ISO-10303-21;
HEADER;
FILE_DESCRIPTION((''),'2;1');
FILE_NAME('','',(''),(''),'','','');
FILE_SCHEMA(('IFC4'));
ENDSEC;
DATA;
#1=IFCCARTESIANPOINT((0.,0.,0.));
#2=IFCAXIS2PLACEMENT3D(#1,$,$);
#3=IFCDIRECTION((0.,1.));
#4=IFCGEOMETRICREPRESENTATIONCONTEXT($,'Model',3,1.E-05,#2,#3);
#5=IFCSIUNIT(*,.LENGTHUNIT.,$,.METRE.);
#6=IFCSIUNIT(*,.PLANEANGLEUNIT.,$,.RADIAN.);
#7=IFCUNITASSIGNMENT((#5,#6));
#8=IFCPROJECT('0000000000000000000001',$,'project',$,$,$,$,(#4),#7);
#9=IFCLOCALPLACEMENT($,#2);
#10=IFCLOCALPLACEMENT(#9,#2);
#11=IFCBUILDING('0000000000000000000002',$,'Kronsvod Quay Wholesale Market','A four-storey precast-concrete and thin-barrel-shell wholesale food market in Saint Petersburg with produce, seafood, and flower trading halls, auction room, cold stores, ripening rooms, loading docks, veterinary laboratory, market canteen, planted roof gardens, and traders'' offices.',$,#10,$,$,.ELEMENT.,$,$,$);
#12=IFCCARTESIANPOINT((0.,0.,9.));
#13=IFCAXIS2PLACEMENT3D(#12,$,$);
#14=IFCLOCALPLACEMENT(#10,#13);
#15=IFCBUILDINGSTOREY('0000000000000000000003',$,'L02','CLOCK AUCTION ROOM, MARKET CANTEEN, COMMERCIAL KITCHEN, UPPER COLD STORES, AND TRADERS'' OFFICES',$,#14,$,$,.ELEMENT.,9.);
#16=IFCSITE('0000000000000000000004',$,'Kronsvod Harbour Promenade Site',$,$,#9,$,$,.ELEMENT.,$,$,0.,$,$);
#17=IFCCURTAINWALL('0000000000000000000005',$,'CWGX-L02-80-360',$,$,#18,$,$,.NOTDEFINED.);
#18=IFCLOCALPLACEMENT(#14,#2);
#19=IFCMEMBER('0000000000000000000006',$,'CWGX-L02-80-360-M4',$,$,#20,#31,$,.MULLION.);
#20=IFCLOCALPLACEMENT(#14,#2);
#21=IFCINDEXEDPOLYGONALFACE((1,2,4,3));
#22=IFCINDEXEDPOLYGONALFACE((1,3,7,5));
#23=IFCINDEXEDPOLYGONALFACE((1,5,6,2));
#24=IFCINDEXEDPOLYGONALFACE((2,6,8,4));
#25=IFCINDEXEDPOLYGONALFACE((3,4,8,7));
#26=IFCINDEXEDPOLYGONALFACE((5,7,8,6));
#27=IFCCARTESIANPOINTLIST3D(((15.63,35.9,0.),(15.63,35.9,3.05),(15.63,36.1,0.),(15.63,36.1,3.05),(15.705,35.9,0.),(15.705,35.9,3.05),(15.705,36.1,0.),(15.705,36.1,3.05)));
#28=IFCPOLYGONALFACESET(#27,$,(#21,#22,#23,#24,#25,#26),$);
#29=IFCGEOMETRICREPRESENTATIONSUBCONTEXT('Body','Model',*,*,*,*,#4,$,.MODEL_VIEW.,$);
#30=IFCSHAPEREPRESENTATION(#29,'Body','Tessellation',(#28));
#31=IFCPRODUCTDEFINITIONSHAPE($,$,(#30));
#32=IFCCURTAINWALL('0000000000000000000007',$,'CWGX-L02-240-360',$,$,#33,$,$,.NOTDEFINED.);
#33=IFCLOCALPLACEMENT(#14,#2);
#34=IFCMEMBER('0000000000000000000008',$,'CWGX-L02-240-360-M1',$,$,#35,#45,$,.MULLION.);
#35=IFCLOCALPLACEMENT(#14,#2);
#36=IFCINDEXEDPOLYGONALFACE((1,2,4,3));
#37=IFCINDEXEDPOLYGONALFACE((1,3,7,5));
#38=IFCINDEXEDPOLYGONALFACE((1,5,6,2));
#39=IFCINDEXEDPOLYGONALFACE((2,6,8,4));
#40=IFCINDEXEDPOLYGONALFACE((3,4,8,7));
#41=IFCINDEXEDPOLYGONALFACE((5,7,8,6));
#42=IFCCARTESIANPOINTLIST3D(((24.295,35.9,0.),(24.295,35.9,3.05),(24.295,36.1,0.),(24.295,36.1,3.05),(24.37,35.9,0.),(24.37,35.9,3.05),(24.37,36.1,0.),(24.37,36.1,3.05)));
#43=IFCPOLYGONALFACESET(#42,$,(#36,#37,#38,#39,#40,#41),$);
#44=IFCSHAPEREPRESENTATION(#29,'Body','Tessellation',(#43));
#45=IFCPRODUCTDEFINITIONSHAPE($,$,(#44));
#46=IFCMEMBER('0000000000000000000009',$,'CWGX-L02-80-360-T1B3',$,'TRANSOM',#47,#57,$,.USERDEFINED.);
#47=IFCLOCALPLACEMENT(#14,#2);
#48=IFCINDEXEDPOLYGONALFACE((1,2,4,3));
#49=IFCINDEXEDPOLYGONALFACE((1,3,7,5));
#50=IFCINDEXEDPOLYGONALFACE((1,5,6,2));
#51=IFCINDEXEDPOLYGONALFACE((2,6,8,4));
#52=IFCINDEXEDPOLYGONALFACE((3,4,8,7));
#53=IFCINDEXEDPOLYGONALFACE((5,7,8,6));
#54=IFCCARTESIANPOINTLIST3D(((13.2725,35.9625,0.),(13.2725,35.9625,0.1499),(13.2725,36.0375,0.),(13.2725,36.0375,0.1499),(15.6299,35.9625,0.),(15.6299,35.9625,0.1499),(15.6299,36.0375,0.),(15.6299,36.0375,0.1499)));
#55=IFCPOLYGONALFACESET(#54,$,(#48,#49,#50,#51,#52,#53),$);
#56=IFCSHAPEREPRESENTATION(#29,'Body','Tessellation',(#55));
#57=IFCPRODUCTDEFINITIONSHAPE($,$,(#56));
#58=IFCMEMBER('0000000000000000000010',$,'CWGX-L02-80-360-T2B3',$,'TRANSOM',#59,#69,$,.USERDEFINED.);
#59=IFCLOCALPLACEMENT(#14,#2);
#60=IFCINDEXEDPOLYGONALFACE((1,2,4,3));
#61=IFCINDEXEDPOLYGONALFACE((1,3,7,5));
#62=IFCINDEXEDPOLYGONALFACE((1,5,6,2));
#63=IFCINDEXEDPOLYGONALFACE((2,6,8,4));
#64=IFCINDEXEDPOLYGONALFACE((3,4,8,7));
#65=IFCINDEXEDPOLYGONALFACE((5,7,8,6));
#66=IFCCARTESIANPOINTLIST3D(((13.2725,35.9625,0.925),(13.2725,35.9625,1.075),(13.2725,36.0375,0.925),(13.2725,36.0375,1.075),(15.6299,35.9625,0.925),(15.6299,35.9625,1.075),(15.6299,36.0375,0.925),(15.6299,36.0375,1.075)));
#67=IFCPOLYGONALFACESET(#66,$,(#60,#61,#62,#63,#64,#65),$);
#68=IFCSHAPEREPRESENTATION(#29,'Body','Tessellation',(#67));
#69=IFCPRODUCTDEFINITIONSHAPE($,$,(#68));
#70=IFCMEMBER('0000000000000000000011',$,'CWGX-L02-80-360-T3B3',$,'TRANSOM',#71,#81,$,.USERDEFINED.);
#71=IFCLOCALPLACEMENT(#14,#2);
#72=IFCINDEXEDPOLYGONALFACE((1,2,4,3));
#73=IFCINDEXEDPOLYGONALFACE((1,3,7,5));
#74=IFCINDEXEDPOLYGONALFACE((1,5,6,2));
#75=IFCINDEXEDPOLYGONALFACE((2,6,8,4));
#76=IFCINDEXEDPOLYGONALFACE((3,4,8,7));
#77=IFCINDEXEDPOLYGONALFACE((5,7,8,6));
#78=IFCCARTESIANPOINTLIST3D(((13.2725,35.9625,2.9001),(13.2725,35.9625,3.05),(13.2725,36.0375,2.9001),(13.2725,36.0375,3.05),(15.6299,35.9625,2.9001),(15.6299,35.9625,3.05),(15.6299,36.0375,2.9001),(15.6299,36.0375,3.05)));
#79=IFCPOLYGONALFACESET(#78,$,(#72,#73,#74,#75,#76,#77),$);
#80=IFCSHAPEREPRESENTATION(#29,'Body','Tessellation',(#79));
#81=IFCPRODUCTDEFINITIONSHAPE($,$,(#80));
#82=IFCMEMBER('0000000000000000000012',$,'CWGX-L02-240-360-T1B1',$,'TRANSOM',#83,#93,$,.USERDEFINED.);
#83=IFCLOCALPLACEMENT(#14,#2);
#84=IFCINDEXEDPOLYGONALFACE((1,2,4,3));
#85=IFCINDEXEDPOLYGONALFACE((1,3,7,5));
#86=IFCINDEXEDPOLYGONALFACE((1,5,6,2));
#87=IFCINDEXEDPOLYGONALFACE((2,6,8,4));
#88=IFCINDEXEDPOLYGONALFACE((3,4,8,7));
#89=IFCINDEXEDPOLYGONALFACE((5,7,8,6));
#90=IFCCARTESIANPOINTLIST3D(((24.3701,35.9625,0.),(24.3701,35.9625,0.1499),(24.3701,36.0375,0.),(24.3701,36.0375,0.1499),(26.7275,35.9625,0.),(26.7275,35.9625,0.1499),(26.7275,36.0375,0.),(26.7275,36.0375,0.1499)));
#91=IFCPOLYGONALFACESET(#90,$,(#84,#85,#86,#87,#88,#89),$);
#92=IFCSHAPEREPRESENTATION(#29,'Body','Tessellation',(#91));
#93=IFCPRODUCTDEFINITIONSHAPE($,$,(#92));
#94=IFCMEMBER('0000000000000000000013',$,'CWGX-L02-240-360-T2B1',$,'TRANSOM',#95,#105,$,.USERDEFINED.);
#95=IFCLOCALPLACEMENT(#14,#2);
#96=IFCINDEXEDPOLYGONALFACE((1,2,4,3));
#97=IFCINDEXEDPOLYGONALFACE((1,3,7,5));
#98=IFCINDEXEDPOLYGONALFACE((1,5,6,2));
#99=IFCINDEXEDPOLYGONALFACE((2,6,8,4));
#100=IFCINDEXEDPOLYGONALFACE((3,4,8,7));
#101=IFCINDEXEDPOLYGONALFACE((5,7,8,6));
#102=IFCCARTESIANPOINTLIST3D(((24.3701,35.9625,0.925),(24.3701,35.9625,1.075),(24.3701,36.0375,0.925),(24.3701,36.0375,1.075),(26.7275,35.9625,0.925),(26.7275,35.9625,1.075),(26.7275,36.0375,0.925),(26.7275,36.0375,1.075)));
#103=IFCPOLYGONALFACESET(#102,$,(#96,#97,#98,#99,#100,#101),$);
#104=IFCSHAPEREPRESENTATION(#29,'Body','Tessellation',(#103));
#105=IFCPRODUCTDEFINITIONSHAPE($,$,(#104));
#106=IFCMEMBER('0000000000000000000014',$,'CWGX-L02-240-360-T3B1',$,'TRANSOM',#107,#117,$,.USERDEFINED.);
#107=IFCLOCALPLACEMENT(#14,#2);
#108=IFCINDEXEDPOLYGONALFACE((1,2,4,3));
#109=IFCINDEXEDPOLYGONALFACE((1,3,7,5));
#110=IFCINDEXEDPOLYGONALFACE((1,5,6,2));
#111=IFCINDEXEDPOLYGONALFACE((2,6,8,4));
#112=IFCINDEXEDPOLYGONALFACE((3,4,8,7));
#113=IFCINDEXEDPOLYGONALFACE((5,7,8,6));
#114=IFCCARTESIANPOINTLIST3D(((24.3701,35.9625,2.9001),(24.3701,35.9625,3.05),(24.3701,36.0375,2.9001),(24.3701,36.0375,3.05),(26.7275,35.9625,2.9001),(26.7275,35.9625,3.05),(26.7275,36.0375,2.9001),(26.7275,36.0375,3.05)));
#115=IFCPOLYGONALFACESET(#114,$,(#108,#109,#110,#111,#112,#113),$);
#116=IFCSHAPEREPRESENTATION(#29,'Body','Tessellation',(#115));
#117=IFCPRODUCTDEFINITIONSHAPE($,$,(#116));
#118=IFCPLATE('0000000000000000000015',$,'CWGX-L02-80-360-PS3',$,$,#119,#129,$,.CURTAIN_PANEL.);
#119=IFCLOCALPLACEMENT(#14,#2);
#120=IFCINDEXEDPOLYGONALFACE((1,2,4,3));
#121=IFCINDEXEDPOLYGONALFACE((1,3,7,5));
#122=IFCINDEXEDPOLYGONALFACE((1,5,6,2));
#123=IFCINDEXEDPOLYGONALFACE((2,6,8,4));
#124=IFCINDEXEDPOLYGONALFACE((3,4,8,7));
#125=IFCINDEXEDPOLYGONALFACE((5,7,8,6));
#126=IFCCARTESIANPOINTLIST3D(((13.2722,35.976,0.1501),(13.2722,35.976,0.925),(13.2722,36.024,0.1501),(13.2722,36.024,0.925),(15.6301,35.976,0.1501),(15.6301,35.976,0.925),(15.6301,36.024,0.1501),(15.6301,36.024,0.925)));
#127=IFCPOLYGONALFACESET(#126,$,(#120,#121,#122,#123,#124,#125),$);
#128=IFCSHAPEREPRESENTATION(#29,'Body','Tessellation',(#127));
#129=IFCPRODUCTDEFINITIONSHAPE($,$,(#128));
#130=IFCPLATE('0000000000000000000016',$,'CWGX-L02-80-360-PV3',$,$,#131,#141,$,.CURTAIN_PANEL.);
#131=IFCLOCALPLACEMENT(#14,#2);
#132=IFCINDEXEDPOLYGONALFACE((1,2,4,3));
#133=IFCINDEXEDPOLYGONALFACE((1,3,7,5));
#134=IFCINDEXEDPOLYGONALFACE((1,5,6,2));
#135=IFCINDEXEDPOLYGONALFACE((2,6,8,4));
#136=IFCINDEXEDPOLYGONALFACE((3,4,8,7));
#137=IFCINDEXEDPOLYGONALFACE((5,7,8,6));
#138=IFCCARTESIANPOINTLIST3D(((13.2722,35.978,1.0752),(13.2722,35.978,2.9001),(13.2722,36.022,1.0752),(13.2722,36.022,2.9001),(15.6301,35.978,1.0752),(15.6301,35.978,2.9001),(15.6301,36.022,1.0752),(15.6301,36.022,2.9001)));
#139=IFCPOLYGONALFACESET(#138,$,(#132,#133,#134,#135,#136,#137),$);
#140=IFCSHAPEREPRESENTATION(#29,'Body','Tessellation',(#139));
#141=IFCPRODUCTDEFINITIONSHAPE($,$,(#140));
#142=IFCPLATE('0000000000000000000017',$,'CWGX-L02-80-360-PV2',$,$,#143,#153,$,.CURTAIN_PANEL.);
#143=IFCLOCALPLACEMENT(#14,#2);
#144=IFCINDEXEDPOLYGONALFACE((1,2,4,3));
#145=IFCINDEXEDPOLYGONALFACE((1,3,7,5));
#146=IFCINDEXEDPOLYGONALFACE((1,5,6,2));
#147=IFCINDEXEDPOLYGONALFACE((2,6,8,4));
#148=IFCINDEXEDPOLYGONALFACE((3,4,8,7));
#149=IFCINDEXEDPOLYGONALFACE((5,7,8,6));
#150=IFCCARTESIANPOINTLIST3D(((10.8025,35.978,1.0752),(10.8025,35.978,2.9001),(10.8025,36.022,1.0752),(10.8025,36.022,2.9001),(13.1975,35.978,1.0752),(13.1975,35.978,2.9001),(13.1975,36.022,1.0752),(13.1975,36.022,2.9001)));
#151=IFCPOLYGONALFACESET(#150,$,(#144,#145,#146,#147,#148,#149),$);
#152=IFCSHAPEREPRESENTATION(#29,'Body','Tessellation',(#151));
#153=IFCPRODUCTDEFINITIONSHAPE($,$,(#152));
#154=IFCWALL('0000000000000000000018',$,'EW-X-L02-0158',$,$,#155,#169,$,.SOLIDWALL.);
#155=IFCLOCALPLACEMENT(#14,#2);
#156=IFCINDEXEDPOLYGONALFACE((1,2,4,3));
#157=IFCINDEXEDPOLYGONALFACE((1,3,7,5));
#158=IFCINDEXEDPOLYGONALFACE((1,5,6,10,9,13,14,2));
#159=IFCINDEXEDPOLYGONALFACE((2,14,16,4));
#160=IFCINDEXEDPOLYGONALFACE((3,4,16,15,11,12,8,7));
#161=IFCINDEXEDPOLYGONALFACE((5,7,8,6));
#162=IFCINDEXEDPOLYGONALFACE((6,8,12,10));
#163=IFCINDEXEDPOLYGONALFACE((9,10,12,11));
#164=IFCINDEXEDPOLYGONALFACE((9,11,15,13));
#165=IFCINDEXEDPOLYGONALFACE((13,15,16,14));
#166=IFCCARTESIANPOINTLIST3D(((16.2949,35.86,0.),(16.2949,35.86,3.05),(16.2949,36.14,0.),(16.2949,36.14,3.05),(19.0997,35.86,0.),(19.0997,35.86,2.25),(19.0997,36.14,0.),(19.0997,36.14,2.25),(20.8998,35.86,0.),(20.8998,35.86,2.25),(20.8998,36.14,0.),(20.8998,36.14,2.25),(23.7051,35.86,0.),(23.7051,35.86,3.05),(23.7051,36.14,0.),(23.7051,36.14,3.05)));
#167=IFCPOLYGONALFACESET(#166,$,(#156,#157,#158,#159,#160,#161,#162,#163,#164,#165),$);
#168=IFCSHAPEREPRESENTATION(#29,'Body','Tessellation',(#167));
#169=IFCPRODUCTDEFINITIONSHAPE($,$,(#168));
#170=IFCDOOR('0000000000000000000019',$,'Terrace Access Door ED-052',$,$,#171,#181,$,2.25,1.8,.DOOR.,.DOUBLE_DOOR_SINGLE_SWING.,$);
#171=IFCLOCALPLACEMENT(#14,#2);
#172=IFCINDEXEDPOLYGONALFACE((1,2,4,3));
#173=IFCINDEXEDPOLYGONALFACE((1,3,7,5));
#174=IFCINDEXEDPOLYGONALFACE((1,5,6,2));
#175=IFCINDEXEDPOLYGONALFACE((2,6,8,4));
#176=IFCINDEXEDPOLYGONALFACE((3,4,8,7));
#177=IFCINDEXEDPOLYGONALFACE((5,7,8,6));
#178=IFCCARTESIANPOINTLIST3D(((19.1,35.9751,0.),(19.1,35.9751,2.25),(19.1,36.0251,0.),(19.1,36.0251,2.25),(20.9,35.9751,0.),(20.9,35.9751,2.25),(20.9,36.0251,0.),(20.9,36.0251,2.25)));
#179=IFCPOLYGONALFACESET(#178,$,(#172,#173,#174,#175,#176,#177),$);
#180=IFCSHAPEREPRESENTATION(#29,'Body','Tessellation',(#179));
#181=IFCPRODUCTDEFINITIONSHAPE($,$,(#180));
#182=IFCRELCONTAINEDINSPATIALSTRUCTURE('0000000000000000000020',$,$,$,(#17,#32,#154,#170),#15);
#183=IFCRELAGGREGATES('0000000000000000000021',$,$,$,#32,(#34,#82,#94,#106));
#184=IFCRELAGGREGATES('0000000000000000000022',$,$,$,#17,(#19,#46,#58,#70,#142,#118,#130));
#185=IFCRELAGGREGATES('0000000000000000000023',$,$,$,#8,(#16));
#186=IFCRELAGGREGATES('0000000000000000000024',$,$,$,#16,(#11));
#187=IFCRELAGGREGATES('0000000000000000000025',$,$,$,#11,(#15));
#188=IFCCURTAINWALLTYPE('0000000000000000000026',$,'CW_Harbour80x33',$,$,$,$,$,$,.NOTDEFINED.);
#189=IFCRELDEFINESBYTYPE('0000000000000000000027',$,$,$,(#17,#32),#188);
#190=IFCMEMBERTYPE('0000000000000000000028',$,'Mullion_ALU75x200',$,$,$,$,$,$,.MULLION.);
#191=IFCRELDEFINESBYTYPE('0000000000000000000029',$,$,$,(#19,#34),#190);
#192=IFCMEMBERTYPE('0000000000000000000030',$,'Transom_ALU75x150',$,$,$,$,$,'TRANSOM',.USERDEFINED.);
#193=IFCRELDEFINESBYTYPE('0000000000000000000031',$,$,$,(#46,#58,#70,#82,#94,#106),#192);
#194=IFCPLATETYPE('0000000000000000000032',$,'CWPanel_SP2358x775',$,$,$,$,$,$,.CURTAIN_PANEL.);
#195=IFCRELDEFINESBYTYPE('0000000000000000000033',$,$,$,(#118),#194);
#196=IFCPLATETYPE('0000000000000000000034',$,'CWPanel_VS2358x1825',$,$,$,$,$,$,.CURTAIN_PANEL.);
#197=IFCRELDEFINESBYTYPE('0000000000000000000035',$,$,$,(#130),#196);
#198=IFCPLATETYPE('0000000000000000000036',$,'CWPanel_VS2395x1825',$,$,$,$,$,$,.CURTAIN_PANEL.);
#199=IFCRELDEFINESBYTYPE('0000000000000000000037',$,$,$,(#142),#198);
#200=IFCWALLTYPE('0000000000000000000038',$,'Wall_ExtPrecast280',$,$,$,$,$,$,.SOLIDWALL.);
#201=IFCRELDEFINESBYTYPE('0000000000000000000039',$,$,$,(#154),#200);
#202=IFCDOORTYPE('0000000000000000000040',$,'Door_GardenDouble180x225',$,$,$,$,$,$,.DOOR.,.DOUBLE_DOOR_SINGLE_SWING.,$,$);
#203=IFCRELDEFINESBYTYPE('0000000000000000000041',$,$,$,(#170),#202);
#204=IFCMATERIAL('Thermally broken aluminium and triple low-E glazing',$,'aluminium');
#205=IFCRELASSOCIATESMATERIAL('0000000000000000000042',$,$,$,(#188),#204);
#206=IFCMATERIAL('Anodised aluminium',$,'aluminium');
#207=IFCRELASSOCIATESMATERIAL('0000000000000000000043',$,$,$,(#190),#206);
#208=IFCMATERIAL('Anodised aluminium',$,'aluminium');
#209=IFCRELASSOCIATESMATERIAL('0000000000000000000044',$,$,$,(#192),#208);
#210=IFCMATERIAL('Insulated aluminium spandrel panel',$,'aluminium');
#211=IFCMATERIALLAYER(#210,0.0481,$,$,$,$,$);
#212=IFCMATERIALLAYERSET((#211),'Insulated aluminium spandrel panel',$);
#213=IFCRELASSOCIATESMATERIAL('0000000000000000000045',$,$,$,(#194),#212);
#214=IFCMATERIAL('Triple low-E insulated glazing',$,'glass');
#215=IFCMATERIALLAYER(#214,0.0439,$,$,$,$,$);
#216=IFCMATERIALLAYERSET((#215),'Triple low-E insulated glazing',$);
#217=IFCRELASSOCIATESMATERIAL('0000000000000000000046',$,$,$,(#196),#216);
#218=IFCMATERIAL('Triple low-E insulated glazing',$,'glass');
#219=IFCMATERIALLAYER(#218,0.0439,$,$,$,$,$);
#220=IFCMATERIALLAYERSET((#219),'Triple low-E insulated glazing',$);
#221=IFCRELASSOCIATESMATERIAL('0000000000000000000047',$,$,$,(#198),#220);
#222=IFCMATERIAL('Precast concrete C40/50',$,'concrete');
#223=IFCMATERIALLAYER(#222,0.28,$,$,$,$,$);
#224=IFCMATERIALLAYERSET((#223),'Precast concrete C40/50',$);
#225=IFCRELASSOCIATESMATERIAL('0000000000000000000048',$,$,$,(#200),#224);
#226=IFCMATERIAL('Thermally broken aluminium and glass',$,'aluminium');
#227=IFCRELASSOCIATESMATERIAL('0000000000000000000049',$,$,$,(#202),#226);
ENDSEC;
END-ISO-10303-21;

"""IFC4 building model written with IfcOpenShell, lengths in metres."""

from ifc_helpers import new_model, si_unit, direction, frame, frame_2d, origin, origin_2d, place, context, subcontext, project, spatial, rectangle, extrude, material, layer, layer_set, material_profile, profile_set, type_object, element, fill, aggregate, save


model = new_model("IFC4")

# Units and contexts
model_context = context("Model", 3, precision=1e-05, world=origin(), true_north=direction((0.0, 1.0)))
body_context = subcontext(model_context, "Body", "Model", "MODEL_VIEW")
ifc_project = project(units=[si_unit("LENGTHUNIT", "METRE"), si_unit("PLANEANGLEUNIT", "RADIAN")], contexts=[model_context])

# Site, building, storey
site_placement = place(None, origin())
site = spatial("IfcSite", under=ifc_project, at=site_placement, Name="Kronsvod Harbour Promenade Site", CompositionType="ELEMENT", RefElevation=0.0)
building_placement = place(site_placement, origin())
building = spatial("IfcBuilding", under=site, at=building_placement, Name="Kronsvod Quay Wholesale Market", Description="A four-storey precast-concrete and thin-barrel-shell wholesale food market in Saint Petersburg with produce, seafood, and flower trading halls, auction room, cold stores, ripening rooms, loading docks, veterinary laboratory, market canteen, planted roof gardens, and traders' offices.", CompositionType="ELEMENT")
storey_placement = place(building_placement, frame((0.0, 0.0, 9.0)))
storey = spatial("IfcBuildingStorey", under=building, at=storey_placement, Name="L02", Description="CLOCK AUCTION ROOM, MARKET CANTEEN, COMMERCIAL KITCHEN, UPPER COLD STORES, AND TRADERS' OFFICES", CompositionType="ELEMENT", Elevation=9.0)

# Curtain wall, member
ifc_material_1 = material(Name="Thermally broken aluminium and triple low-E glazing", Category="aluminium")
curtain_wall_type = type_object("IfcCurtainWallType", Name="CW_Harbour80x33", PredefinedType="NOTDEFINED", material=ifc_material_1)
curtain_wall_1_placement = place(storey_placement, origin())
curtain_wall_1 = element("IfcCurtainWall", 1, at=curtain_wall_1_placement, inside=storey, type_object=curtain_wall_type, Name="CWGX-L02-80-360", PredefinedType="NOTDEFINED")
ifc_material_2 = material(Name="Anodised aluminium", Category="aluminium")
ifc_material_profile_1 = material_profile(ifc_material_2, rectangle(XDim=0.075, YDim=0.2, at=origin_2d()), Name="ALUM75x200")
ifc_profile_set_1 = profile_set([ifc_material_profile_1], Name="Anodised aluminium")
member_type_1 = type_object("IfcMemberType", Name="Mullion_ALU75x200", PredefinedType="MULLION", material=ifc_profile_set_1)
member_1_placement = place(storey_placement, frame((15.6675, 36.0, 0.0), z_axis=(0.0, 0.0, 1.0), x_axis=(1.0, 0.0, 0.0)))
member_1 = element("IfcMember", 2, at=member_1_placement, type_object=member_type_1, Name="CWGX-L02-80-360-M4", PredefinedType="MULLION", context=body_context, shape_type="SweptSolid", body=[
    extrude(rectangle(XDim=0.075, YDim=0.2, at=origin_2d()), origin(), (0.0, 0.0, 1.0), 3.05),
])

# Curtain wall, member
curtain_wall_2_placement = place(storey_placement, origin())
curtain_wall_2 = element("IfcCurtainWall", 3, at=curtain_wall_2_placement, inside=storey, type_object=curtain_wall_type, Name="CWGX-L02-240-360", PredefinedType="NOTDEFINED")
member_2_placement = place(storey_placement, frame((24.3325, 36.0, 0.0), z_axis=(0.0, 0.0, 1.0), x_axis=(1.0, 0.0, 0.0)))
member_2 = element("IfcMember", 4, at=member_2_placement, type_object=member_type_1, Name="CWGX-L02-240-360-M1", PredefinedType="MULLION", context=body_context, shape_type="SweptSolid", body=[
    extrude(rectangle(XDim=0.075, YDim=0.2, at=origin_2d()), origin(), (0.0, 0.0, 1.0), 3.05),
])

# Members
ifc_material_3 = material(Name="Anodised aluminium", Category="aluminium")
ifc_material_profile_2 = material_profile(ifc_material_3, rectangle(XDim=0.075, YDim=0.1499, at=origin_2d()), Name="ALUT75x150")
ifc_profile_set_2 = profile_set([ifc_material_profile_2], Name="Anodised aluminium")
member_type_2 = type_object("IfcMemberType", Name="Transom_ALU75x150", ElementType="TRANSOM", PredefinedType="USERDEFINED", material=ifc_profile_set_2)
member_3_placement = place(storey_placement, frame((13.2725, 36.0, 0.075), z_axis=(1.0, 0.0, 0.0), x_axis=(0.0, 1.0, 0.0)))
member_3 = element("IfcMember", 5, at=member_3_placement, type_object=member_type_2, Name="CWGX-L02-80-360-T1B3", ObjectType="TRANSOM", PredefinedType="USERDEFINED", context=body_context, shape_type="SweptSolid", body=[
    extrude(rectangle(XDim=0.075, YDim=0.1499, at=origin_2d()), origin(), (0.0, 0.0, 1.0), 2.3574),
])
member_4_placement = place(storey_placement, frame((13.2725, 36.0, 1.0), z_axis=(1.0, 0.0, 0.0), x_axis=(0.0, 1.0, 0.0)))
member_4 = element("IfcMember", 6, at=member_4_placement, type_object=member_type_2, Name="CWGX-L02-80-360-T2B3", ObjectType="TRANSOM", PredefinedType="USERDEFINED", context=body_context, shape_type="SweptSolid", body=[
    extrude(rectangle(XDim=0.075, YDim=0.1499, at=origin_2d()), origin(), (0.0, 0.0, 1.0), 2.3574),
])
member_5_placement = place(storey_placement, frame((13.2725, 36.0, 2.9751), z_axis=(1.0, 0.0, 0.0), x_axis=(0.0, 1.0, 0.0)))
member_5 = element("IfcMember", 7, at=member_5_placement, type_object=member_type_2, Name="CWGX-L02-80-360-T3B3", ObjectType="TRANSOM", PredefinedType="USERDEFINED", context=body_context, shape_type="SweptSolid", body=[
    extrude(rectangle(XDim=0.075, YDim=0.1499, at=origin_2d()), origin(), (0.0, 0.0, 1.0), 2.3574),
])
member_6_placement = place(storey_placement, frame((24.3701, 36.0, 0.075), z_axis=(1.0, 0.0, 0.0), x_axis=(0.0, 1.0, 0.0)))
member_6 = element("IfcMember", 8, at=member_6_placement, type_object=member_type_2, Name="CWGX-L02-240-360-T1B1", ObjectType="TRANSOM", PredefinedType="USERDEFINED", context=body_context, shape_type="SweptSolid", body=[
    extrude(rectangle(XDim=0.075, YDim=0.1499, at=origin_2d()), origin(), (0.0, 0.0, 1.0), 2.3574),
])
member_7_placement = place(storey_placement, frame((24.3701, 36.0, 1.0), z_axis=(1.0, 0.0, 0.0), x_axis=(0.0, 1.0, 0.0)))
member_7 = element("IfcMember", 9, at=member_7_placement, type_object=member_type_2, Name="CWGX-L02-240-360-T2B1", ObjectType="TRANSOM", PredefinedType="USERDEFINED", context=body_context, shape_type="SweptSolid", body=[
    extrude(rectangle(XDim=0.075, YDim=0.1499, at=origin_2d()), origin(), (0.0, 0.0, 1.0), 2.3574),
])
member_8_placement = place(storey_placement, frame((24.3701, 36.0, 2.9751), z_axis=(1.0, 0.0, 0.0), x_axis=(0.0, 1.0, 0.0)))
member_8 = element("IfcMember", 10, at=member_8_placement, type_object=member_type_2, Name="CWGX-L02-240-360-T3B1", ObjectType="TRANSOM", PredefinedType="USERDEFINED", context=body_context, shape_type="SweptSolid", body=[
    extrude(rectangle(XDim=0.075, YDim=0.1499, at=origin_2d()), origin(), (0.0, 0.0, 1.0), 2.3574),
])
aggregate(curtain_wall_2, [member_2, member_6, member_7, member_8])

# Plates
ifc_material_4 = material(Name="Insulated aluminium spandrel panel", Category="aluminium")
ifc_layer_1 = layer(ifc_material_4, 0.0481)
ifc_layer_set_1 = layer_set([ifc_layer_1], Name="Insulated aluminium spandrel panel")
plate_type_1 = type_object("IfcPlateType", Name="CWPanel_SP2358x775", PredefinedType="CURTAIN_PANEL", material=ifc_layer_set_1)
plate_1_placement = place(storey_placement, frame((14.4512, 36.0, 0.1501), z_axis=(0.0, 0.0, 1.0), x_axis=(1.0, 0.0, 0.0)))
plate_1 = element("IfcPlate", 11, at=plate_1_placement, type_object=plate_type_1, Name="CWGX-L02-80-360-PS3", PredefinedType="CURTAIN_PANEL", context=body_context, shape_type="SweptSolid", body=[
    extrude(rectangle(XDim=2.3579, YDim=0.0481, at=origin_2d()), origin(), (0.0, 0.0, 1.0), 0.7749),
])
ifc_material_5 = material(Name="Triple low-E insulated glazing", Category="glass")
ifc_layer_2 = layer(ifc_material_5, 0.0439)
ifc_layer_set_2 = layer_set([ifc_layer_2], Name="Triple low-E insulated glazing")
plate_type_2 = type_object("IfcPlateType", Name="CWPanel_VS2358x1825", PredefinedType="CURTAIN_PANEL", material=ifc_layer_set_2)
plate_2_placement = place(storey_placement, frame((14.4512, 36.0, 1.0752), z_axis=(0.0, 0.0, 1.0), x_axis=(1.0, 0.0, 0.0)))
plate_2 = element("IfcPlate", 12, at=plate_2_placement, type_object=plate_type_2, Name="CWGX-L02-80-360-PV3", PredefinedType="CURTAIN_PANEL", context=body_context, shape_type="SweptSolid", body=[
    extrude(rectangle(XDim=2.3579, YDim=0.0439, at=origin_2d()), origin(), (0.0, 0.0, 1.0), 1.825),
])
ifc_material_6 = material(Name="Triple low-E insulated glazing", Category="glass")
ifc_layer_3 = layer(ifc_material_6, 0.0439)
ifc_layer_set_3 = layer_set([ifc_layer_3], Name="Triple low-E insulated glazing")
plate_type_3 = type_object("IfcPlateType", Name="CWPanel_VS2395x1825", PredefinedType="CURTAIN_PANEL", material=ifc_layer_set_3)
plate_3_placement = place(storey_placement, frame((12.0, 36.0, 1.0752), z_axis=(0.0, 0.0, 1.0), x_axis=(1.0, 0.0, 0.0)))
plate_3 = element("IfcPlate", 13, at=plate_3_placement, type_object=plate_type_3, Name="CWGX-L02-80-360-PV2", PredefinedType="CURTAIN_PANEL", context=body_context, shape_type="SweptSolid", body=[
    extrude(rectangle(XDim=2.395, YDim=0.0439, at=origin_2d()), origin(), (0.0, 0.0, 1.0), 1.825),
])
aggregate(curtain_wall_1, [member_1, member_3, member_4, member_5, plate_3, plate_1, plate_2])

# Wall, opening, door
ifc_material_7 = material(Name="Precast concrete C40/50", Category="concrete")
ifc_layer_4 = layer(ifc_material_7, 0.28)
ifc_layer_set_4 = layer_set([ifc_layer_4], Name="Precast concrete C40/50")
wall_type = type_object("IfcWallType", Name="Wall_ExtPrecast280", PredefinedType="SOLIDWALL", material=ifc_layer_set_4)
wall_placement = place(storey_placement, frame((16.2949, 36.0, 0.0), z_axis=(0.0, 0.0, 1.0), x_axis=(1.0, 0.0, 0.0)))
wall = element("IfcWall", 14, at=wall_placement, inside=storey, type_object=wall_type, Name="EW-X-L02-0158", PredefinedType="SOLIDWALL", context=body_context, shape_type="SweptSolid", body=[
    extrude(rectangle(XDim=7.4102, YDim=0.28, at=frame_2d((3.7051, 0.0))), origin(), (0.0, 0.0, 1.0), 3.05),
])
opening_placement = place(wall_placement, frame((2.8049, 0.0, 0.0)))
opening = element("IfcOpeningElement", 15, at=opening_placement, cuts=wall, PredefinedType="OPENING", context=body_context, shape_type="SweptSolid", body=[
    extrude(rectangle(XDim=1.8, YDim=2.25, at=frame_2d((0.8999, 1.125))), frame((0.0, 0.1499, 0.0), z_axis=(0.0, -1.0, 0.0), x_axis=(1.0, 0.0, 0.0)), (0.0, 0.0, 1.0), 0.3),
])
ifc_material_8 = material(Name="Thermally broken aluminium and glass", Category="aluminium")
door_type = type_object("IfcDoorType", Name="Door_GardenDouble180x225", OperationType="DOUBLE_DOOR_SINGLE_SWING", PredefinedType="DOOR", material=ifc_material_8)
door_placement = place(opening_placement, frame((1.8, 0.0, 0.0), z_axis=(0.0, 0.0, 1.0), x_axis=(-1.0, 0.0, 0.0)))
door = element("IfcDoor", 16, at=door_placement, inside=storey, type_object=door_type, Name="Terrace Access Door ED-052", OperationType="DOUBLE_DOOR_SINGLE_SWING", OverallHeight=2.25, OverallWidth=1.8, PredefinedType="DOOR", context=body_context, shape_type="SweptSolid", body=[
    extrude(rectangle(XDim=1.8, YDim=2.25, at=frame_2d((0.8999, 1.125))), frame((0.0, 0.0249, 0.0), z_axis=(0.0, -1.0, 0.0), x_axis=(1.0, 0.0, 0.0)), (0.0, 0.0, 1.0), 0.05),
])
fill(opening, door)

save(model, "model.ifc")
